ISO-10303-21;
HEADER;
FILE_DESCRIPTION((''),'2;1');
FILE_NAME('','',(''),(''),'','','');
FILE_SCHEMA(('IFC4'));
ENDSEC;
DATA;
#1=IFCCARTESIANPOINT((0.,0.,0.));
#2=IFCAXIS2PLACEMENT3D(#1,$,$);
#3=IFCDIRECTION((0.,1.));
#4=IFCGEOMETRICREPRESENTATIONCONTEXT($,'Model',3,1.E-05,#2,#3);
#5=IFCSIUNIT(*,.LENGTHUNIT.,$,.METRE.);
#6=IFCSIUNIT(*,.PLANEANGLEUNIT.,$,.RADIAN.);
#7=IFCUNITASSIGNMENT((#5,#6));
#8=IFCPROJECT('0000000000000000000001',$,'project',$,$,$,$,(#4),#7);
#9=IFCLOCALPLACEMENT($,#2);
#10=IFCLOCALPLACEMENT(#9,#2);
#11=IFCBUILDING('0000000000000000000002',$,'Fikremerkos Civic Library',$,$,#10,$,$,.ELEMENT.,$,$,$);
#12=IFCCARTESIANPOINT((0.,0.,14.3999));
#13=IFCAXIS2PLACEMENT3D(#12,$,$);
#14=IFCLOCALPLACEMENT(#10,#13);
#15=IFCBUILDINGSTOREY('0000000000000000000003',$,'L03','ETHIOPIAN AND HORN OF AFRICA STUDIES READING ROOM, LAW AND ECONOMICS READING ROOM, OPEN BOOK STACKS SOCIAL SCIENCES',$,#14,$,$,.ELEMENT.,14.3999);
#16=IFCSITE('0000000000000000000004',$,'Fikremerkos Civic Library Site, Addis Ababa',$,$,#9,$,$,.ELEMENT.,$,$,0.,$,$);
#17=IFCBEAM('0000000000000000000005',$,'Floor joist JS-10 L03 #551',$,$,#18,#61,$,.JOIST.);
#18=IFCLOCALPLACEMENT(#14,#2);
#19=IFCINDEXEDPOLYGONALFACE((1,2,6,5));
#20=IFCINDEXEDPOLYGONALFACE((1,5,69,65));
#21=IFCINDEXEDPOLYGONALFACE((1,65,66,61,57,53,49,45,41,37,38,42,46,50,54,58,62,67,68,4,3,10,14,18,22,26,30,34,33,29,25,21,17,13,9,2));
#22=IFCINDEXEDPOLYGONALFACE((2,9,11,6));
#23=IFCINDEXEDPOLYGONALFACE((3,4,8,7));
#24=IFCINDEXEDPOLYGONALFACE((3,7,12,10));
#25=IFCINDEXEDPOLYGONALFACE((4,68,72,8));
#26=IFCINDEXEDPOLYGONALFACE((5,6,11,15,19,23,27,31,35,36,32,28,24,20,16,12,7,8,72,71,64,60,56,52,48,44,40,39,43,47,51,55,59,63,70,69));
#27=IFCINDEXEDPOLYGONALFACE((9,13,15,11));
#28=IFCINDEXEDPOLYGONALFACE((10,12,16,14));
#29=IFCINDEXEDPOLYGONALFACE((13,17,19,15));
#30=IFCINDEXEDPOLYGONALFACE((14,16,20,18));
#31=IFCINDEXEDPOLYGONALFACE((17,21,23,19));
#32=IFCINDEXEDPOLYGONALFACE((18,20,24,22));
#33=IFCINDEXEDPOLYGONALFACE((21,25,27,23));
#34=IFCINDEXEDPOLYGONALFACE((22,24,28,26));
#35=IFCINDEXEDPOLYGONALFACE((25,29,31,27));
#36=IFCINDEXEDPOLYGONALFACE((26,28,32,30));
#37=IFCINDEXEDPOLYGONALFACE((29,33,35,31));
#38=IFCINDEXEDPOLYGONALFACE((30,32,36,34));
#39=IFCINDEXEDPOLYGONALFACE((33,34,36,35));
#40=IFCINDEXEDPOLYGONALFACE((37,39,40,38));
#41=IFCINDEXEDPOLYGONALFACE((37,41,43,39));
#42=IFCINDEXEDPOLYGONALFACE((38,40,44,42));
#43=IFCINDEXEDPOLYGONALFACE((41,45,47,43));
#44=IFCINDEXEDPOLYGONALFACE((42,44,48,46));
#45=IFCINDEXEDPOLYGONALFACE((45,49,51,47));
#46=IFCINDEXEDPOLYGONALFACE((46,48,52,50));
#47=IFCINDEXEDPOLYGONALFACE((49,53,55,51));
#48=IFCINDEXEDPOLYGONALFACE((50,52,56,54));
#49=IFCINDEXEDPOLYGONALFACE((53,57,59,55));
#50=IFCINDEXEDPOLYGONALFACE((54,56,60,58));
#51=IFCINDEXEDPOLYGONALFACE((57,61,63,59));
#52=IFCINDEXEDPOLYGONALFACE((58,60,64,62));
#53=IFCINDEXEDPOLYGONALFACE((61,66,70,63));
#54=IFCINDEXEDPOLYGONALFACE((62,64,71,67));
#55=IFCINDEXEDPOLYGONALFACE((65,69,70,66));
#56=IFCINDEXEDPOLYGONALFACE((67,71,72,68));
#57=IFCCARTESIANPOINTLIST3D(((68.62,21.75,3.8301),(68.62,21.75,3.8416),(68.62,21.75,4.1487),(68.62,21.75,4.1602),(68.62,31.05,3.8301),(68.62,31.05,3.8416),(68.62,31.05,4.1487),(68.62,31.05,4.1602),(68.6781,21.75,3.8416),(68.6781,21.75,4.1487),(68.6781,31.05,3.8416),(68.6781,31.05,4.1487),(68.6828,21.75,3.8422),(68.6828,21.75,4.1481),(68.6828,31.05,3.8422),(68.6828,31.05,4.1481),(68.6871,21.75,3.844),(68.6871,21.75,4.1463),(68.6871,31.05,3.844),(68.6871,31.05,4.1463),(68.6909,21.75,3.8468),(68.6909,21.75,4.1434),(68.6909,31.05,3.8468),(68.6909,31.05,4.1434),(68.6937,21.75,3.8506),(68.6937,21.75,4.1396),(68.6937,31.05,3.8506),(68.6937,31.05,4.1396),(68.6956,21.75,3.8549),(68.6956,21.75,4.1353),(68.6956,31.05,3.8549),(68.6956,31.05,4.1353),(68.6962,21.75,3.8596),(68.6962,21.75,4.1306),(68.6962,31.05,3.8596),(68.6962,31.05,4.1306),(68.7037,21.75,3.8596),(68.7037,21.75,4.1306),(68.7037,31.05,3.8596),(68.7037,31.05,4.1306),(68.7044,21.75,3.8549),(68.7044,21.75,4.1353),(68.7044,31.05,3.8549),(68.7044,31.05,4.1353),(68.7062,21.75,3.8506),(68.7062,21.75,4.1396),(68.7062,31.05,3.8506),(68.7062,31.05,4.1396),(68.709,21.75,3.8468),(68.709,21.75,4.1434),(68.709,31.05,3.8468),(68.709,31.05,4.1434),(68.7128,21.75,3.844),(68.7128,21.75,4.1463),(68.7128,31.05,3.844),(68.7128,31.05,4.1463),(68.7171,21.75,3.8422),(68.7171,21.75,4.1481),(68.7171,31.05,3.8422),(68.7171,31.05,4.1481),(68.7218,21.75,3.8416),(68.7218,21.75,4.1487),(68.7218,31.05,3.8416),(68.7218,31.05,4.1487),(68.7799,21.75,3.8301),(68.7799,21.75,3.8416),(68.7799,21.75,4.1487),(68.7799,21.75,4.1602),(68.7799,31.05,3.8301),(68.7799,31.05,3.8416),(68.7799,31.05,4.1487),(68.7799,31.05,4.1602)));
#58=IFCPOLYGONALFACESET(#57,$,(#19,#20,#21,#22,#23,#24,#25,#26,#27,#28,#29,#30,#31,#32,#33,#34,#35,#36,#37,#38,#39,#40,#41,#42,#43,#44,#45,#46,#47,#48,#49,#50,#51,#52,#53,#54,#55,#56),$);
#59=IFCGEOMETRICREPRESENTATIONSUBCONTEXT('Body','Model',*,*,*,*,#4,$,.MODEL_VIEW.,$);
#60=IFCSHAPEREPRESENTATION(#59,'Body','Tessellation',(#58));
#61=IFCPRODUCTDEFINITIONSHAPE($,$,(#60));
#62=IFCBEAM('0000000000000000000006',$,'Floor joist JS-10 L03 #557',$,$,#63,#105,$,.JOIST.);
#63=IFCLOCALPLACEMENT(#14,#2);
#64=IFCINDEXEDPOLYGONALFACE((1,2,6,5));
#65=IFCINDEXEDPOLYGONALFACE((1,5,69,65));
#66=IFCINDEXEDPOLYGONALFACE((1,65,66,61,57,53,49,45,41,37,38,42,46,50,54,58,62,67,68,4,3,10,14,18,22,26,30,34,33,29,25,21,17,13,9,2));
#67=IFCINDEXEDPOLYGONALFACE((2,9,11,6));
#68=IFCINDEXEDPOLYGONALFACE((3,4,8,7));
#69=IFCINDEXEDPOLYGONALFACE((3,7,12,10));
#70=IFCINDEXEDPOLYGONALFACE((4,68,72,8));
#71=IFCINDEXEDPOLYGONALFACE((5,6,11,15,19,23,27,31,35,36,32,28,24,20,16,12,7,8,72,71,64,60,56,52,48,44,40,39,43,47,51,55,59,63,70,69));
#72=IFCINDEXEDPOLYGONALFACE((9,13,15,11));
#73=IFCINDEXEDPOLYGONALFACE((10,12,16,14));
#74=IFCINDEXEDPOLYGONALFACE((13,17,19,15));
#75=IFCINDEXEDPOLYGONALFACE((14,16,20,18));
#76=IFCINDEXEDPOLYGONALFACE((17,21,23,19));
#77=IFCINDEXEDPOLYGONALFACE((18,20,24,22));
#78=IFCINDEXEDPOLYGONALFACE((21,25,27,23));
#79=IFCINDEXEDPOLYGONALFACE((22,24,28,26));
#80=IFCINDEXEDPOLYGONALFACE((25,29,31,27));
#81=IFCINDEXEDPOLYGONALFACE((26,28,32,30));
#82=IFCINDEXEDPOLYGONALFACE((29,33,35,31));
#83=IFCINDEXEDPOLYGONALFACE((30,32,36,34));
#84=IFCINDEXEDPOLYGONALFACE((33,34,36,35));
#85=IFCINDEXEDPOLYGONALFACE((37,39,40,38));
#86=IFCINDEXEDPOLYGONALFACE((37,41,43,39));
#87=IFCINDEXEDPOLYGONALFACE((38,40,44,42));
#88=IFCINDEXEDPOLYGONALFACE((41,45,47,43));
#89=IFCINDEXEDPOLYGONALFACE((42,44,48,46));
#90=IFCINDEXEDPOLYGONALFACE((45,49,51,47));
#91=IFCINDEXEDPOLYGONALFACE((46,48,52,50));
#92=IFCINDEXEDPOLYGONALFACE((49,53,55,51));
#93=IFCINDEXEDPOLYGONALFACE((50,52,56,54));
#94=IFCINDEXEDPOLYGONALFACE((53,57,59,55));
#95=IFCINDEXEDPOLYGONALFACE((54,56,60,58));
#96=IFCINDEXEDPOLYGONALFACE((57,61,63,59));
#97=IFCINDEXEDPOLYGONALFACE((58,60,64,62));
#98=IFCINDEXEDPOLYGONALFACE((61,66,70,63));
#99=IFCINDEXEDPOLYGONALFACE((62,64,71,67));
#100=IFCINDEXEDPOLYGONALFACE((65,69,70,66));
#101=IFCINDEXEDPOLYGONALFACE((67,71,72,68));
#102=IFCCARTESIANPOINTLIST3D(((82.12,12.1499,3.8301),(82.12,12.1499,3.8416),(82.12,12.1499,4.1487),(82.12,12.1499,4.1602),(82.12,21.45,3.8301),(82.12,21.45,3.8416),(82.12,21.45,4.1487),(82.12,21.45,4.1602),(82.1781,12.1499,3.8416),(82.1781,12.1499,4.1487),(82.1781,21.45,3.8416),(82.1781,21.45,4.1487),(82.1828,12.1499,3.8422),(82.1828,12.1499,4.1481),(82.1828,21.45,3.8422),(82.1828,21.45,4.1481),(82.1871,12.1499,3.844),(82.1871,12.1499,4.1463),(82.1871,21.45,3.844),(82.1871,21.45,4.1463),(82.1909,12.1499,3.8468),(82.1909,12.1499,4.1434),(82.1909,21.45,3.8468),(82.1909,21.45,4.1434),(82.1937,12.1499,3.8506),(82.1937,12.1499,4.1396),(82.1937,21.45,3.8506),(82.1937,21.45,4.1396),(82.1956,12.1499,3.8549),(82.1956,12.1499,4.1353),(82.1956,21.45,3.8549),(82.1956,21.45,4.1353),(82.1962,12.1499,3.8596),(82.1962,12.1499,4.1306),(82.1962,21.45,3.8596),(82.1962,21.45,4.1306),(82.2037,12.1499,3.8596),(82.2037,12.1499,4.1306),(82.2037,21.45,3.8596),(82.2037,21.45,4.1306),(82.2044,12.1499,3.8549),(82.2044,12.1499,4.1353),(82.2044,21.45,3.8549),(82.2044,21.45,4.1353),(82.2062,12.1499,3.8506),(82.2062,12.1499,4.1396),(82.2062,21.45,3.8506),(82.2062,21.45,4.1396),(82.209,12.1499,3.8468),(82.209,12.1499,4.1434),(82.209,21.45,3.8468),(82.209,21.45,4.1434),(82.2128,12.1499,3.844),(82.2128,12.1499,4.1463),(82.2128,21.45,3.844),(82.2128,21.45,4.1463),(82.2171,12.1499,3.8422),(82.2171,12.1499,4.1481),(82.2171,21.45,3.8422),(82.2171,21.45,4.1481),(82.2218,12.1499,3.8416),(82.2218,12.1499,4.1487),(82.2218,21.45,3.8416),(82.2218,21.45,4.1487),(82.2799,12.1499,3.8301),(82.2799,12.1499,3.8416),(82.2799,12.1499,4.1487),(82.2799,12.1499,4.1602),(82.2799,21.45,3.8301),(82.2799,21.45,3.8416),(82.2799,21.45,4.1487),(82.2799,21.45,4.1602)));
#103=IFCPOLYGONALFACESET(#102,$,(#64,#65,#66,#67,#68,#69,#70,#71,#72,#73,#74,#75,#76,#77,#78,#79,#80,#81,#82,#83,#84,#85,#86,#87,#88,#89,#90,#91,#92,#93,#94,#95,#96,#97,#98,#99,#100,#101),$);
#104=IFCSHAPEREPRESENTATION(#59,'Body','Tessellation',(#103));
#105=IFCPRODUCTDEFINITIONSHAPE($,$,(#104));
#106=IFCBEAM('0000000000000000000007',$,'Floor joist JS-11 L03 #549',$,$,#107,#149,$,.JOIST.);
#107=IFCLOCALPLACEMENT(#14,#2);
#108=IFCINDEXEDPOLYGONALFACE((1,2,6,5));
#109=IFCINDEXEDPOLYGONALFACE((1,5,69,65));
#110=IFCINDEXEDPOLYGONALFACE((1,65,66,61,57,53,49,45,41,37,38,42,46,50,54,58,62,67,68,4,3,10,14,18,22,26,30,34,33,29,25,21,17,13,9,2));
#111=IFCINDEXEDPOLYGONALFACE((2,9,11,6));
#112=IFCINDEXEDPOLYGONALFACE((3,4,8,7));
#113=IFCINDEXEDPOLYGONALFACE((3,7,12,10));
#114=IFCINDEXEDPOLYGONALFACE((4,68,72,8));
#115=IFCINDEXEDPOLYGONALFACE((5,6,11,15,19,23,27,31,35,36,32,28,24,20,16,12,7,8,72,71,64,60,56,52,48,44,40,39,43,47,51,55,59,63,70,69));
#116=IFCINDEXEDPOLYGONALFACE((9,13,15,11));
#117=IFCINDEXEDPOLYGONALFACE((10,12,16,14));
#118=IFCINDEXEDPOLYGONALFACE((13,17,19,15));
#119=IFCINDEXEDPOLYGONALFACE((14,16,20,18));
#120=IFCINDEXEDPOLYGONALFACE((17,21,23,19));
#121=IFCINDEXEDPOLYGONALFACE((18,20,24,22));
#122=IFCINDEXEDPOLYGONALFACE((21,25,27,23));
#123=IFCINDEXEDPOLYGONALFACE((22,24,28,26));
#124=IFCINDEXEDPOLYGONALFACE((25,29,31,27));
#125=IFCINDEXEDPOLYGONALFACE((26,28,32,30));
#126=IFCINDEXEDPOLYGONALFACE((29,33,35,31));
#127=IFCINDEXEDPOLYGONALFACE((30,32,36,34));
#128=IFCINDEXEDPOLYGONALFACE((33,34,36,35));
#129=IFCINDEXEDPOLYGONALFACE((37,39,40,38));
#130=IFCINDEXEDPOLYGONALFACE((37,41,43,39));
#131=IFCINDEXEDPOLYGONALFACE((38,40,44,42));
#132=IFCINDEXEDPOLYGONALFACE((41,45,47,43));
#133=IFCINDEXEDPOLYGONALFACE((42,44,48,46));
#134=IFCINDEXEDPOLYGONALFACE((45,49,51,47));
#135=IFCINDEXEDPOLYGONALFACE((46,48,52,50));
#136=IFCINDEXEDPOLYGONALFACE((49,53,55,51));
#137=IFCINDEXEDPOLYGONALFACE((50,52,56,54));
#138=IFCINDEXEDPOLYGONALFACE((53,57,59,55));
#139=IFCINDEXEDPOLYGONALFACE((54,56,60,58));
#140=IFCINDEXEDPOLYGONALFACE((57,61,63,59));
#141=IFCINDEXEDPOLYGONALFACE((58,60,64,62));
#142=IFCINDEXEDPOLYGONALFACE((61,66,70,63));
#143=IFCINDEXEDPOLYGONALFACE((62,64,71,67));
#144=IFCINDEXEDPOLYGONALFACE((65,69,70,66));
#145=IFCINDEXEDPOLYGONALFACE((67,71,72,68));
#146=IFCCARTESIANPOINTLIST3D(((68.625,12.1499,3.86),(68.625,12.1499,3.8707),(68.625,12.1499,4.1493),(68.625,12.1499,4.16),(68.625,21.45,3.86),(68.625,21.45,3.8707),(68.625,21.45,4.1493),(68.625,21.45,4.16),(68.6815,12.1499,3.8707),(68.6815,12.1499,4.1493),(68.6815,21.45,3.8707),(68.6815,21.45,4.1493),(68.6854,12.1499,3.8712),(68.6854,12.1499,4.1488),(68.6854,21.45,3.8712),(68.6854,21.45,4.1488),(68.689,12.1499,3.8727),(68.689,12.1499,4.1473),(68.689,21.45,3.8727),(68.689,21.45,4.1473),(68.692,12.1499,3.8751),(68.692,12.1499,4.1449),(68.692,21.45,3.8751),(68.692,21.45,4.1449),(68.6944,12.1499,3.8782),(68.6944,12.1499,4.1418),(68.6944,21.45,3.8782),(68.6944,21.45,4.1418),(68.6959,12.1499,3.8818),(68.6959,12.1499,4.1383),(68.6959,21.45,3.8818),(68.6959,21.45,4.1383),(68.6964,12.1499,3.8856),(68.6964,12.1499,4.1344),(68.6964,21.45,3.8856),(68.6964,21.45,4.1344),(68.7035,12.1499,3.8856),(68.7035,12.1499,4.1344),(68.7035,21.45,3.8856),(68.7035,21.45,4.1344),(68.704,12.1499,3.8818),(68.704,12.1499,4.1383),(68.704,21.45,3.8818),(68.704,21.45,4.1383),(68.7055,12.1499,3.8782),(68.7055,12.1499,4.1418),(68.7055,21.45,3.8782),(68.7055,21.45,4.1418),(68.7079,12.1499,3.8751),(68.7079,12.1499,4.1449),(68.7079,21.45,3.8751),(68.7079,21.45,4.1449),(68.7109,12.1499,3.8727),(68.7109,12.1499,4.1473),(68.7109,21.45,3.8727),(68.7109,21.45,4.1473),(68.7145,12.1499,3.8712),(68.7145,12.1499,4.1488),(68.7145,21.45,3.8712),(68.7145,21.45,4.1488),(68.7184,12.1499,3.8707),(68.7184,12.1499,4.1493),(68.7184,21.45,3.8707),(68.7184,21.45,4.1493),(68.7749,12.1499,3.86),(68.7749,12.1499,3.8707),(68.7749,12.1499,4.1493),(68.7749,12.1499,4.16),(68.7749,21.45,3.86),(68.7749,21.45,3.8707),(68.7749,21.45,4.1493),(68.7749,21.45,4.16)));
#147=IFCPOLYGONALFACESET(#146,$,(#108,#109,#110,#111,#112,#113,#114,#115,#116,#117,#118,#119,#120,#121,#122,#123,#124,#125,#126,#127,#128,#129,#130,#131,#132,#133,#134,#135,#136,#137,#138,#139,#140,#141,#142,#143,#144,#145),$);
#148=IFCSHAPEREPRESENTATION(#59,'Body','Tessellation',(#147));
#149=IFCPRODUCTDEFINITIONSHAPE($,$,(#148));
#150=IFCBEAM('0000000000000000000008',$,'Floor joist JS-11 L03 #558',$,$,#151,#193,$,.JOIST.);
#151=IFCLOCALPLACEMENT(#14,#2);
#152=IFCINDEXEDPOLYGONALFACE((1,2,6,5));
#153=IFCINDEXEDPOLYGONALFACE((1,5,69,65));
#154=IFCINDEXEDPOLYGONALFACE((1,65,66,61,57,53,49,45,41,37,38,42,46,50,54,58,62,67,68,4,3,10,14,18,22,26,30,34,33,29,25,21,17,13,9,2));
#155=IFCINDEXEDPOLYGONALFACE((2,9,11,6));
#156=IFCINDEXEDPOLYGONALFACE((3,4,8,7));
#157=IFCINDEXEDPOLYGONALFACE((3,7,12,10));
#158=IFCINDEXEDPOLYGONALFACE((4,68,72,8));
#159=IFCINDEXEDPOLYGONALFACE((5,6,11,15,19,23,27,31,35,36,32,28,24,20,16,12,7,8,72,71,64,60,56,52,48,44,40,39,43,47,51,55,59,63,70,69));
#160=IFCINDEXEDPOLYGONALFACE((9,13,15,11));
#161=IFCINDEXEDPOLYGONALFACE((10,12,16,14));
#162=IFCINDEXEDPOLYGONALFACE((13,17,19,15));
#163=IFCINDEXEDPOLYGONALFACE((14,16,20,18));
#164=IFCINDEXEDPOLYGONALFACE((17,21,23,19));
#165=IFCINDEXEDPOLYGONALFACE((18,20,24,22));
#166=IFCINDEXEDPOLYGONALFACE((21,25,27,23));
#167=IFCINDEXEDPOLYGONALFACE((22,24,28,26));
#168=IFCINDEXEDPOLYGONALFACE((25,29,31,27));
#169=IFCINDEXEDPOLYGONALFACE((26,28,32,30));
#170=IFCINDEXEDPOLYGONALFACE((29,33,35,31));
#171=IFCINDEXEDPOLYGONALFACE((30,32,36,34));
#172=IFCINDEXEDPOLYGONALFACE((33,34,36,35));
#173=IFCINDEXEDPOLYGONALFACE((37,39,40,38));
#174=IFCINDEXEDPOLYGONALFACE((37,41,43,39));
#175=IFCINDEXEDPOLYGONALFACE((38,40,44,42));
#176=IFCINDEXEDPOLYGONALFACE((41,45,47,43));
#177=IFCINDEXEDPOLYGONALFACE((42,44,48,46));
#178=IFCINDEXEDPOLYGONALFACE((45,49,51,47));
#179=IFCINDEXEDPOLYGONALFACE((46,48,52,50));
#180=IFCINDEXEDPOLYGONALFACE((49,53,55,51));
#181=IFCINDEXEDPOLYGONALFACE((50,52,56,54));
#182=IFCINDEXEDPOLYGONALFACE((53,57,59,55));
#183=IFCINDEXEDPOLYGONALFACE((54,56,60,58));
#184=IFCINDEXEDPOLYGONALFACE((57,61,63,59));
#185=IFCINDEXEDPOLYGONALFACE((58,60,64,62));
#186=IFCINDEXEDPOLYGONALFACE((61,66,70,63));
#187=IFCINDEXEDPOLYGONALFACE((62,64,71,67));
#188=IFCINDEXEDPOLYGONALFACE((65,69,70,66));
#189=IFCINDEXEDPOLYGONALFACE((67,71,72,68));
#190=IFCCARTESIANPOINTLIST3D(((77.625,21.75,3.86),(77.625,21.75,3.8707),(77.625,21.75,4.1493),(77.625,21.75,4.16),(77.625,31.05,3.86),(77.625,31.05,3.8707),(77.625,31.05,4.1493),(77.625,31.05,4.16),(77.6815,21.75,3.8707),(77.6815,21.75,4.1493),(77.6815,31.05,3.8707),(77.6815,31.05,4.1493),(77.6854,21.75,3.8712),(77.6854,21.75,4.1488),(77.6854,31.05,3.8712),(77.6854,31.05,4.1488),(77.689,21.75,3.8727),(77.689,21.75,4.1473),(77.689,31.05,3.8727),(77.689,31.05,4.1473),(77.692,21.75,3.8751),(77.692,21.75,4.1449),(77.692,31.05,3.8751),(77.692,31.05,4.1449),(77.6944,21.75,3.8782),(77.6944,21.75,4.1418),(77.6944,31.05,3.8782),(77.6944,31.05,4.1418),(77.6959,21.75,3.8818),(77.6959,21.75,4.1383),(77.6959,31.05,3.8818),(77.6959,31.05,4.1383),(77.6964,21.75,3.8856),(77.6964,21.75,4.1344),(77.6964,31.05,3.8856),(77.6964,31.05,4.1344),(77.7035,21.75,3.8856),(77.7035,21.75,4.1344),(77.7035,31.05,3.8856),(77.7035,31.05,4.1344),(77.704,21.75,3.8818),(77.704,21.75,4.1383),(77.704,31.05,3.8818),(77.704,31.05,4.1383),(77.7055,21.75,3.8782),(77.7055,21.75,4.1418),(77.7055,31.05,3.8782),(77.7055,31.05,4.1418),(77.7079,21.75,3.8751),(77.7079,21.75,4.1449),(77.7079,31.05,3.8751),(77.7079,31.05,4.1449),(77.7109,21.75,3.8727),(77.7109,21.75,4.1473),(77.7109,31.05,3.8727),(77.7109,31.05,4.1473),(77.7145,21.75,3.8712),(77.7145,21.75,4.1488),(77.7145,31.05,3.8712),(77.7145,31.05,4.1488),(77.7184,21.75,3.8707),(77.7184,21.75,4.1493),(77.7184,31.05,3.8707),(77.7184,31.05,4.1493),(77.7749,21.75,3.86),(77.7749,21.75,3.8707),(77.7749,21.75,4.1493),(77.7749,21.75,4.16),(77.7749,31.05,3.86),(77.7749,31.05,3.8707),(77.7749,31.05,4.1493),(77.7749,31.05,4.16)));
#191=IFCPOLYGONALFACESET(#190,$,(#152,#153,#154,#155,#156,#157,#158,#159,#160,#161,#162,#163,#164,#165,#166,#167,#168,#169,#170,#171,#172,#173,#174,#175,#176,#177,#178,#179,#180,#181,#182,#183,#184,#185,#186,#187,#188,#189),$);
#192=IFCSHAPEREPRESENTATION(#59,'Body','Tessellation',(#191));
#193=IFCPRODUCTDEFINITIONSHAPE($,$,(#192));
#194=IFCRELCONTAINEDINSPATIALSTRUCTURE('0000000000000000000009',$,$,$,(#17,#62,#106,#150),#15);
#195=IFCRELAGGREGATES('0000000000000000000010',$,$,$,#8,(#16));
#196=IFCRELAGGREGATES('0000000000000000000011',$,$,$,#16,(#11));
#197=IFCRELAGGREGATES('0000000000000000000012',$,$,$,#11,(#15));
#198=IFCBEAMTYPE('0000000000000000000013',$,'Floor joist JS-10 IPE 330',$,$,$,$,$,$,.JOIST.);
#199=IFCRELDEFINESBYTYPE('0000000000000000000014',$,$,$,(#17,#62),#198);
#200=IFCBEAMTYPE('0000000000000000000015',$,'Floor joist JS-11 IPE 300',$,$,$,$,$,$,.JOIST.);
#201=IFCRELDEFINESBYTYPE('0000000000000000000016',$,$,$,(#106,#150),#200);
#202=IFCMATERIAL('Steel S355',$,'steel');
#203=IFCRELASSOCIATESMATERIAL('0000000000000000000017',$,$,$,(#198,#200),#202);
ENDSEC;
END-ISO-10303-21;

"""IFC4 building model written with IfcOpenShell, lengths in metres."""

from ifc_helpers import new_model, si_unit, direction, frame, origin, origin_2d, place, context, subcontext, project, spatial, i_section, extrude, material, material_profile, profile_set, type_object, element, save


model = new_model("IFC4")

# Units and contexts
model_context = context("Model", 3, precision=1e-05, world=origin(), true_north=direction((0.0, 1.0)))
body_context = subcontext(model_context, "Body", "Model", "MODEL_VIEW")
ifc_project = project(units=[si_unit("LENGTHUNIT", "METRE"), si_unit("PLANEANGLEUNIT", "RADIAN")], contexts=[model_context])

# Site, building, storey
site_placement = place(None, origin())
site = spatial("IfcSite", under=ifc_project, at=site_placement, Name="Fikremerkos Civic Library Site, Addis Ababa", CompositionType="ELEMENT", RefElevation=0.0)
building_placement = place(site_placement, origin())
building = spatial("IfcBuilding", under=site, at=building_placement, Name="Fikremerkos Civic Library", CompositionType="ELEMENT")
storey_placement = place(building_placement, frame((0.0, 0.0, 14.3999)))
storey = spatial("IfcBuildingStorey", under=building, at=storey_placement, Name="L03", Description="ETHIOPIAN AND HORN OF AFRICA STUDIES READING ROOM, LAW AND ECONOMICS READING ROOM, OPEN BOOK STACKS SOCIAL SCIENCES", CompositionType="ELEMENT", Elevation=14.3999)

# Shared definitions
ifc_material_1 = material(Name="Steel S355", Category="steel")

# Beams
ifc_material_profile_1 = material_profile(ifc_material_1, i_section(OverallWidth=0.1599, OverallDepth=0.3301, WebThickness=0.0076, FlangeThickness=0.0115, FilletRadius=0.0181, at=origin_2d()), Name="IPE 330")
ifc_profile_set_1 = profile_set([ifc_material_profile_1], Name="Steel S355")
beam_type_1 = type_object("IfcBeamType", Name="Floor joist JS-10 IPE 330", PredefinedType="JOIST", material=ifc_profile_set_1)
for number, where, z_axis, x_axis, name in (
    (1, (68.7, 21.75, 3.9951), (0.0, 1.0, 0.0), (-1.0, 0.0, 0.0), "Floor joist JS-10 L03 #551"),
    (2, (82.2, 12.1499, 3.9951), (0.0, 1.0, 0.0), (-1.0, 0.0, 0.0), "Floor joist JS-10 L03 #557"),
):
    element("IfcBeam", number, at=place(storey_placement, frame(where, z_axis=z_axis, x_axis=x_axis)), inside=storey, type_object=beam_type_1, Name=name, PredefinedType="JOIST", context=body_context, shape_type="SweptSolid", body=[
        extrude(i_section(OverallWidth=0.1599, OverallDepth=0.3301, WebThickness=0.0076, FlangeThickness=0.0115, FilletRadius=0.0181, at=origin_2d()), origin(), (0.0, 0.0, 1.0), 9.3),
    ])
ifc_material_profile_2 = material_profile(ifc_material_1, i_section(OverallWidth=0.1499, OverallDepth=0.3, WebThickness=0.0071, FlangeThickness=0.0107, FilletRadius=0.0149, at=origin_2d()), Name="IPE 300")
ifc_profile_set_2 = profile_set([ifc_material_profile_2], Name="Steel S355")
beam_type_2 = type_object("IfcBeamType", Name="Floor joist JS-11 IPE 300", PredefinedType="JOIST", material=ifc_profile_set_2)
for number, where, z_axis, x_axis, name in (
    (3, (68.7, 12.1499, 4.01), (0.0, 1.0, 0.0), (-1.0, 0.0, 0.0), "Floor joist JS-11 L03 #549"),
    (4, (77.7, 21.75, 4.01), (0.0, 1.0, 0.0), (-1.0, 0.0, 0.0), "Floor joist JS-11 L03 #558"),
):
    element("IfcBeam", number, at=place(storey_placement, frame(where, z_axis=z_axis, x_axis=x_axis)), inside=storey, type_object=beam_type_2, Name=name, PredefinedType="JOIST", context=body_context, shape_type="SweptSolid", body=[
        extrude(i_section(OverallWidth=0.1499, OverallDepth=0.3, WebThickness=0.0071, FlangeThickness=0.0107, FilletRadius=0.0149, at=origin_2d()), origin(), (0.0, 0.0, 1.0), 9.3),
    ])

save(model, "model.ifc")
